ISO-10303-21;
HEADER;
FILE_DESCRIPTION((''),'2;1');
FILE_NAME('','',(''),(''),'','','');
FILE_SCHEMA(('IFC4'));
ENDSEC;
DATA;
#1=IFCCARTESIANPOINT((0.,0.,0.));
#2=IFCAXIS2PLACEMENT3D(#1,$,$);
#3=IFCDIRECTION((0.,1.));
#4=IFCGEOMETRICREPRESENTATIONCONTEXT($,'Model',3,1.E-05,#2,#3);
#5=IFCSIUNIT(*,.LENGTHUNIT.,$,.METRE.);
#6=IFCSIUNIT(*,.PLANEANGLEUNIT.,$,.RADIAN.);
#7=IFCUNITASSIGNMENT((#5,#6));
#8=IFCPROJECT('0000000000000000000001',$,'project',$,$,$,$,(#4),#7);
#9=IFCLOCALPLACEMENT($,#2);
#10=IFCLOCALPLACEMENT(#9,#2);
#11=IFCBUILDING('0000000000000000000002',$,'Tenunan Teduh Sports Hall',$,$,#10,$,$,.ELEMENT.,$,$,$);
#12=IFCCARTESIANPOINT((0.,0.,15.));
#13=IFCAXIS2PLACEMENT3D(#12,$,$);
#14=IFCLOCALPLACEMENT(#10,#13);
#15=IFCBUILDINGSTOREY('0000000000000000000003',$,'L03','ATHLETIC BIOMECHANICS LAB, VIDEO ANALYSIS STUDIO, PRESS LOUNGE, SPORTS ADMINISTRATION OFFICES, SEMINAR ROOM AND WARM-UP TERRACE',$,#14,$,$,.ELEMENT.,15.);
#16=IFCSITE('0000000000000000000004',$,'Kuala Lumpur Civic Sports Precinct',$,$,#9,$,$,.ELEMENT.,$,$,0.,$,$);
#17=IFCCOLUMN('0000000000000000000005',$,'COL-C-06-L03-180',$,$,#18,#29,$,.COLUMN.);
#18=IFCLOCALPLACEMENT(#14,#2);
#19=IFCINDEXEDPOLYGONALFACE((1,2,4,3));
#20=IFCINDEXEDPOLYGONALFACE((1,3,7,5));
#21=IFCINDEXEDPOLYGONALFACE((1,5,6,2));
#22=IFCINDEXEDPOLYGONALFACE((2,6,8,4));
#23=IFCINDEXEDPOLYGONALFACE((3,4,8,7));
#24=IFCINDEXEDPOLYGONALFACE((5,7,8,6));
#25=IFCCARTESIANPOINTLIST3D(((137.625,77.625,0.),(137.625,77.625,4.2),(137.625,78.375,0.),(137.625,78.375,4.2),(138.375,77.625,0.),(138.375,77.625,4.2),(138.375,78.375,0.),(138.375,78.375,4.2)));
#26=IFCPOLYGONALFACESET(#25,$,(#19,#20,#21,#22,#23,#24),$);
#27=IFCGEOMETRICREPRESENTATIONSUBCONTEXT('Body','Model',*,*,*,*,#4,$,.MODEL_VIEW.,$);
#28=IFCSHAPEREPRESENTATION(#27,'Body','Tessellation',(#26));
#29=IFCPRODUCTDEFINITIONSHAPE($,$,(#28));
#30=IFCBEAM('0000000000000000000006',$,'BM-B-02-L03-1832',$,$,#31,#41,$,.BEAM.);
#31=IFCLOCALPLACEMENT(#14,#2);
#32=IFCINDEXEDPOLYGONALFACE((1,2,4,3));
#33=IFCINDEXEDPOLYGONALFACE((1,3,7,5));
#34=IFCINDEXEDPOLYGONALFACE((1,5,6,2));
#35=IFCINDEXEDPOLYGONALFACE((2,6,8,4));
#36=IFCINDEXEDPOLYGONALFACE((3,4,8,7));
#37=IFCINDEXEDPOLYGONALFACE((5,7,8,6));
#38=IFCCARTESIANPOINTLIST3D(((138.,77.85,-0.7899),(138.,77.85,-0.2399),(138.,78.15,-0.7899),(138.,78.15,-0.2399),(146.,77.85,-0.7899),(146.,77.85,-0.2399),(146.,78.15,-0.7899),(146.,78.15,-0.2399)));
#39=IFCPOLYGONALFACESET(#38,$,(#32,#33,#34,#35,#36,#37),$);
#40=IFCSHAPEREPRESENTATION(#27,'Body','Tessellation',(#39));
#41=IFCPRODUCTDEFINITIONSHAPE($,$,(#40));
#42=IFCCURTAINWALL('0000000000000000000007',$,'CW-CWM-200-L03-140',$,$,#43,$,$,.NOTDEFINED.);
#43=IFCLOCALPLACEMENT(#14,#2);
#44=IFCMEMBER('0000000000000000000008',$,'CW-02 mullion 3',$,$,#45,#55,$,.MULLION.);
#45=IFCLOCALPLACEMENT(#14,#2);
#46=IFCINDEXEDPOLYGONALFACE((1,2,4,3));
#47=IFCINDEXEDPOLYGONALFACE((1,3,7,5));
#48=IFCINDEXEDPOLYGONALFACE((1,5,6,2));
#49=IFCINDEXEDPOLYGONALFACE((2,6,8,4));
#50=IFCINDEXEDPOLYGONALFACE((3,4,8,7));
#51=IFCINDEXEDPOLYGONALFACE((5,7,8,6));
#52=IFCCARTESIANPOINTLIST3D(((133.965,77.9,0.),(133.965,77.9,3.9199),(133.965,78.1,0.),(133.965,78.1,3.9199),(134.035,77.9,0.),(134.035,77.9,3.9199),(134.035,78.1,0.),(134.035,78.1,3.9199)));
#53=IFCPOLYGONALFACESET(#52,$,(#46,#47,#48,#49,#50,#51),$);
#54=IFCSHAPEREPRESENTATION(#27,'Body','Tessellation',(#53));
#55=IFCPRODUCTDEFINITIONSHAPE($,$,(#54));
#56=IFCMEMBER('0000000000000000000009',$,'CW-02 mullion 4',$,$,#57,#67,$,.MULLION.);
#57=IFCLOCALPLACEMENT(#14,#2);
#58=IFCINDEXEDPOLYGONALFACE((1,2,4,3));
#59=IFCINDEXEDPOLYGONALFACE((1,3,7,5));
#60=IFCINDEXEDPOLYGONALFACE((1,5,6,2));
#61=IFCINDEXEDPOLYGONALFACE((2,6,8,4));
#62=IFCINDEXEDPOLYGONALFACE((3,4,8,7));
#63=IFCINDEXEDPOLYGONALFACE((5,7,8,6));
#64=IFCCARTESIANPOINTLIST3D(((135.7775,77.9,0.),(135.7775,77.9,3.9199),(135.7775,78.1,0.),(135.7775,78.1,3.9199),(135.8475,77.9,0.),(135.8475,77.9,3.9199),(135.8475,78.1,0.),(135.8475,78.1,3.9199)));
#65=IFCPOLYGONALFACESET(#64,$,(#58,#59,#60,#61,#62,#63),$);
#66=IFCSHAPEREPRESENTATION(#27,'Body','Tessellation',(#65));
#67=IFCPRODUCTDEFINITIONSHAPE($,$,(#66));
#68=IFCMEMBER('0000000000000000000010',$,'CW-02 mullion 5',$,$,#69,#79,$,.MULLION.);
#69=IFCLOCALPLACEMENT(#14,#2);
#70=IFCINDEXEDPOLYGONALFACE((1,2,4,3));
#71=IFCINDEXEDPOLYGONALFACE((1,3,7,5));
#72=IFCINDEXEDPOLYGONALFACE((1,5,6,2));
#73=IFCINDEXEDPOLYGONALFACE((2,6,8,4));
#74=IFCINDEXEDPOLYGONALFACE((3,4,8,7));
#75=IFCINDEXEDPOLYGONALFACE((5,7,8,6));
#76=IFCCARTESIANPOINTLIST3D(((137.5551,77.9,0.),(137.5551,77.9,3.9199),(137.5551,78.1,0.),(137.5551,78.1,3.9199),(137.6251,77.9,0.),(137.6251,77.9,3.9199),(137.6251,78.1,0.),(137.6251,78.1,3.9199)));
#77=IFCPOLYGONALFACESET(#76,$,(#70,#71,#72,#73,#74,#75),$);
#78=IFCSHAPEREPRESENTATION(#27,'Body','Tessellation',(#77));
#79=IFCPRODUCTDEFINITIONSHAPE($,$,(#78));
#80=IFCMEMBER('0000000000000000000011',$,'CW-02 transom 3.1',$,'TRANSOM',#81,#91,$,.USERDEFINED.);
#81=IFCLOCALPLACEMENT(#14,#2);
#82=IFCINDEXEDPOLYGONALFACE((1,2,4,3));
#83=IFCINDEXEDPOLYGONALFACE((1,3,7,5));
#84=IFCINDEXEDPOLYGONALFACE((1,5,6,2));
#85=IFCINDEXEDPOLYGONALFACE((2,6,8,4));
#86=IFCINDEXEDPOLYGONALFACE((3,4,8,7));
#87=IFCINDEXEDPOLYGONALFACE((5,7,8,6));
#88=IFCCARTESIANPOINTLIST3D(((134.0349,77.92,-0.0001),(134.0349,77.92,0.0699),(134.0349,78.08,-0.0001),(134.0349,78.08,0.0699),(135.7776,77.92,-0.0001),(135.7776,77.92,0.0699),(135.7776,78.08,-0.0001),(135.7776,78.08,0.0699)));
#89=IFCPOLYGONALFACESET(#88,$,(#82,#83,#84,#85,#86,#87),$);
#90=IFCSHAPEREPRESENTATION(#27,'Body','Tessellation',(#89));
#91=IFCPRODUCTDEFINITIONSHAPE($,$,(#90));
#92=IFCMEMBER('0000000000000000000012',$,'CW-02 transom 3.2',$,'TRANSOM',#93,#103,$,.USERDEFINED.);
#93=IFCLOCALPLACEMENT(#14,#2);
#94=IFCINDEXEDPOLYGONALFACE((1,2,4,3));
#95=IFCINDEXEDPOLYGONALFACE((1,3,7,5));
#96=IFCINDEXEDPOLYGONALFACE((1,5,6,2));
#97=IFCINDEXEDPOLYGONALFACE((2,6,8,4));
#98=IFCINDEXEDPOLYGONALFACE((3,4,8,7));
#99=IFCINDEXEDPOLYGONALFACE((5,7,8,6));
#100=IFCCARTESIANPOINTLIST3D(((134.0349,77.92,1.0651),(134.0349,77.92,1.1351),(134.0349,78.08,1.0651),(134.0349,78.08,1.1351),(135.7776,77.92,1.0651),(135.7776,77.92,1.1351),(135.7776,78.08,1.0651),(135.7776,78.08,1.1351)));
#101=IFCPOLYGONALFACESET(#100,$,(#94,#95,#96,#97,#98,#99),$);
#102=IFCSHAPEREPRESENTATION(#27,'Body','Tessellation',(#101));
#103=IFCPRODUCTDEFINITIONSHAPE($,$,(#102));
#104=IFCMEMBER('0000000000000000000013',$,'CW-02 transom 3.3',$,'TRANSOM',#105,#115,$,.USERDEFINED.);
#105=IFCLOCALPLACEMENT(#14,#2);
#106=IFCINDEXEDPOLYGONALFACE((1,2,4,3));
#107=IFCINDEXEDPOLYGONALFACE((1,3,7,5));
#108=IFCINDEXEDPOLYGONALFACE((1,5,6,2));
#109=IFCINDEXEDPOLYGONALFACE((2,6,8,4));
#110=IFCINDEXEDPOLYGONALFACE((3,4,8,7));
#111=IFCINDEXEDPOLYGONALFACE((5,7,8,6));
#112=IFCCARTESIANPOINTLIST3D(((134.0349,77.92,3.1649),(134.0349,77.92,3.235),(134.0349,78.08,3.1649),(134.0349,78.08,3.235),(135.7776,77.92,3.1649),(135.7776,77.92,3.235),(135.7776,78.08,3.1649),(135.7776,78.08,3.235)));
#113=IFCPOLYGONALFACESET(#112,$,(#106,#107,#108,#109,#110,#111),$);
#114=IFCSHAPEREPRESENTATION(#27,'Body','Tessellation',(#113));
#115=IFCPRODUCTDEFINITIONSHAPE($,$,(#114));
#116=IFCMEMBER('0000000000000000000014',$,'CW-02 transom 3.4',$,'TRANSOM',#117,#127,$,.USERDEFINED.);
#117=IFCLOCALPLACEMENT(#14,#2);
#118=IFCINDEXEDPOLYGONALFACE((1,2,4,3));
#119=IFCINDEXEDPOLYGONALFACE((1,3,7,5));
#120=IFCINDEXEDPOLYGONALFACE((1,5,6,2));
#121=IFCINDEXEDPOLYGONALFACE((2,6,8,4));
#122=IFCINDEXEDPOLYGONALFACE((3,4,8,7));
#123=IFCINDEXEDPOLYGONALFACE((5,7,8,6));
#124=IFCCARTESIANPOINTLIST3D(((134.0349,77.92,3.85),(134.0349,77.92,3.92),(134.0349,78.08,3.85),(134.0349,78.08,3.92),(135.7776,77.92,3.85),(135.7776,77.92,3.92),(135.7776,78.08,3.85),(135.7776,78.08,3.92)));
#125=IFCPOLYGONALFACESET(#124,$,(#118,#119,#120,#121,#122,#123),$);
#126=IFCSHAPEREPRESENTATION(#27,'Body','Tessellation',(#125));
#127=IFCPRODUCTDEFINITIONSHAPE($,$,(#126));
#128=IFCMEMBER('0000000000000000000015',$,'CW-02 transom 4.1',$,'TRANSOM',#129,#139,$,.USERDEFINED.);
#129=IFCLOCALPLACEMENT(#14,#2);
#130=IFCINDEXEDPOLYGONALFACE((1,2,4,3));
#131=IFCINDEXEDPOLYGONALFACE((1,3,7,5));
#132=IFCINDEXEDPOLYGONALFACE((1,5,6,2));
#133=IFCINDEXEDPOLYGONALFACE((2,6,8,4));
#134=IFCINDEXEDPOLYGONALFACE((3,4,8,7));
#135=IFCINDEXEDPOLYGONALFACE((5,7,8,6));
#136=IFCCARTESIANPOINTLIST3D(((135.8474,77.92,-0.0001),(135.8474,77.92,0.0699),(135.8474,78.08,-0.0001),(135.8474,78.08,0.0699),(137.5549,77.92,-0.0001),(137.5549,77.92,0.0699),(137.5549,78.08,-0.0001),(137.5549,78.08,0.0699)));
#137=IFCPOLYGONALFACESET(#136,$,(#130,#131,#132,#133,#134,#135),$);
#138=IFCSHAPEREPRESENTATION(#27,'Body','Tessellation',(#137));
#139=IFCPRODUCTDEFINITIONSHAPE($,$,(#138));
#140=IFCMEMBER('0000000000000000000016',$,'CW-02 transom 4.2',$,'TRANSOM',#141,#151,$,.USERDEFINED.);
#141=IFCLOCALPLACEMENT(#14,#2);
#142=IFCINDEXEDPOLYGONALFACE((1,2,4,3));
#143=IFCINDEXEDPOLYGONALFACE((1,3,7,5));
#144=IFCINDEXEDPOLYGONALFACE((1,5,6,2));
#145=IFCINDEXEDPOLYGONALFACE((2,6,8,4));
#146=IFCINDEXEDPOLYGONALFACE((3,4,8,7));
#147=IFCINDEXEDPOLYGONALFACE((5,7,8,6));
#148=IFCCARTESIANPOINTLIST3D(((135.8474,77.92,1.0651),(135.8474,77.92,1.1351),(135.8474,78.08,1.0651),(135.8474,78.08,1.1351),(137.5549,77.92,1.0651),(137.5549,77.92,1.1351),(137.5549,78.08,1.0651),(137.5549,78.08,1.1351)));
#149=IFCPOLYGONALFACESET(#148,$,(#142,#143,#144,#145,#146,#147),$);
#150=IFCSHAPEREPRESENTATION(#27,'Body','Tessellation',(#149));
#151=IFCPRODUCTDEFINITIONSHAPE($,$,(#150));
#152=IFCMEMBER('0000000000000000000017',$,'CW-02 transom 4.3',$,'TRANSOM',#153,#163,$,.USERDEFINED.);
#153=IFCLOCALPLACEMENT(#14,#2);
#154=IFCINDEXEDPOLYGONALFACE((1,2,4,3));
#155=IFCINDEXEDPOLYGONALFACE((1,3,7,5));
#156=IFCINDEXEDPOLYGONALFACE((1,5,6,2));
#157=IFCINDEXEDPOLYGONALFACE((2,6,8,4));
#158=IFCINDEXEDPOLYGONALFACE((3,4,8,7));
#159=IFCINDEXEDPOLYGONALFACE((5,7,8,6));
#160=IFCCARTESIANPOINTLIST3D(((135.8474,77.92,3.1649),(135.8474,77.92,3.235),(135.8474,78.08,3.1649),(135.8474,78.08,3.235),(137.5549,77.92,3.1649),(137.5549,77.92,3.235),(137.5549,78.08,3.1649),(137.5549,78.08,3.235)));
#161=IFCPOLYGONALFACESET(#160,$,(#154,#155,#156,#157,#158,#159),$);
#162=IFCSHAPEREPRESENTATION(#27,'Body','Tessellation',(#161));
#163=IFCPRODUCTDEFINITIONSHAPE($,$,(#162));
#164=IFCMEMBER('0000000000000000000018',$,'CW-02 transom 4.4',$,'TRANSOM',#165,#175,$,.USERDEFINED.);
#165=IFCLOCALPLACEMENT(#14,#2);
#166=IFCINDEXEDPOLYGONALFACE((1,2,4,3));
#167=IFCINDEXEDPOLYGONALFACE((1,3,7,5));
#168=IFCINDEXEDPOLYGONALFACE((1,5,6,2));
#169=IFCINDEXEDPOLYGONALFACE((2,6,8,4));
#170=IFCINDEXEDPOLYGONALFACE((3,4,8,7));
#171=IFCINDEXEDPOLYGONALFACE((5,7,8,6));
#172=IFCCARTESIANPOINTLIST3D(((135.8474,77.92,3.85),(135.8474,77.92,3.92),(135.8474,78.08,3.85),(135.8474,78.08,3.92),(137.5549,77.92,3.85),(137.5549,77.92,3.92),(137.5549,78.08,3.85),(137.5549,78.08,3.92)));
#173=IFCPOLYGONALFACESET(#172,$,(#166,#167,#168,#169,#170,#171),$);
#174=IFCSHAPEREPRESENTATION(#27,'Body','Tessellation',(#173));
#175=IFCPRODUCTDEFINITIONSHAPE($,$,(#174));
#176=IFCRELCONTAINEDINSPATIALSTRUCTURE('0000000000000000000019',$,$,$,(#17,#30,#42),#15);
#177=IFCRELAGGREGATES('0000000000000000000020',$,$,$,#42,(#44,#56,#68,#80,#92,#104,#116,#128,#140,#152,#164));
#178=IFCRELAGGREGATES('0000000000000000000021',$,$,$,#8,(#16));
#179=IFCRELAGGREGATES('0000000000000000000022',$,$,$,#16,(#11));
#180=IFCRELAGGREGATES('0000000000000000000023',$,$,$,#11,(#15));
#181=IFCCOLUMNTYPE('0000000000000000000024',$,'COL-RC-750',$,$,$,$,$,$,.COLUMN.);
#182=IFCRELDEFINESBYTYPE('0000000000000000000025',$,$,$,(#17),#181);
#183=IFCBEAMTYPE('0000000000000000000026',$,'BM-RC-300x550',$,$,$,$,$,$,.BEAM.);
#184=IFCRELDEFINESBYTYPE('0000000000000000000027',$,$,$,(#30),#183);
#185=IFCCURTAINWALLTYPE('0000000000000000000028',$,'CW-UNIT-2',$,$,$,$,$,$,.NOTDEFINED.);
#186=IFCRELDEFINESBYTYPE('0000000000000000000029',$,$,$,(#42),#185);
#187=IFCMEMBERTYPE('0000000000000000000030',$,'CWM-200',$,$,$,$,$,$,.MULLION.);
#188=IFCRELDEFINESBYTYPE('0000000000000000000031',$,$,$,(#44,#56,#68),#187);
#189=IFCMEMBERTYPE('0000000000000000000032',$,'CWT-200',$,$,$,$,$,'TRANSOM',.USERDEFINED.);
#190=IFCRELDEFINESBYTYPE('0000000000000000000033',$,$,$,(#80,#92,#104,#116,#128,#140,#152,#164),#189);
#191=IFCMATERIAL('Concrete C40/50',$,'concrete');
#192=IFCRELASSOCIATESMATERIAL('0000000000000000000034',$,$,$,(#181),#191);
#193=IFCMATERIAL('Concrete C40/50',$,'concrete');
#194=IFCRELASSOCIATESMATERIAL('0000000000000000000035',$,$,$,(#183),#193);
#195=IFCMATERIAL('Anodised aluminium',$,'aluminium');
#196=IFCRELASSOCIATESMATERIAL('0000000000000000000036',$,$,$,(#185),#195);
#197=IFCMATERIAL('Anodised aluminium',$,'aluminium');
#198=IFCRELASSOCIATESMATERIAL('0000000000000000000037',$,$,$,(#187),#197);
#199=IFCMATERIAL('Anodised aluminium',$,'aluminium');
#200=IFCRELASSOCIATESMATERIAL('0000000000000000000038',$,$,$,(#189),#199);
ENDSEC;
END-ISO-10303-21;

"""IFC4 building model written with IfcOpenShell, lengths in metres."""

from ifc_helpers import new_model, si_unit, direction, frame, origin, origin_2d, place, context, subcontext, project, spatial, rectangle, extrude, material, material_profile, profile_set, type_object, element, aggregate, save


model = new_model("IFC4")

# Units and contexts
model_context = context("Model", 3, precision=1e-05, world=origin(), true_north=direction((0.0, 1.0)))
body_context = subcontext(model_context, "Body", "Model", "MODEL_VIEW")
ifc_project = project(units=[si_unit("LENGTHUNIT", "METRE"), si_unit("PLANEANGLEUNIT", "RADIAN")], contexts=[model_context])

# Site, building, storey
site_placement = place(None, origin())
site = spatial("IfcSite", under=ifc_project, at=site_placement, Name="Kuala Lumpur Civic Sports Precinct", CompositionType="ELEMENT", RefElevation=0.0)
building_placement = place(site_placement, origin())
building = spatial("IfcBuilding", under=site, at=building_placement, Name="Tenunan Teduh Sports Hall", CompositionType="ELEMENT")
storey_placement = place(building_placement, frame((0.0, 0.0, 15.0)))
storey = spatial("IfcBuildingStorey", under=building, at=storey_placement, Name="L03", Description="ATHLETIC BIOMECHANICS LAB, VIDEO ANALYSIS STUDIO, PRESS LOUNGE, SPORTS ADMINISTRATION OFFICES, SEMINAR ROOM AND WARM-UP TERRACE", CompositionType="ELEMENT", Elevation=15.0)

# Column
ifc_material_1 = material(Name="Concrete C40/50", Category="concrete")
ifc_material_profile_1 = material_profile(ifc_material_1, rectangle(XDim=0.75, YDim=0.75, at=origin_2d()), Name="RC 750x750")
ifc_profile_set_1 = profile_set([ifc_material_profile_1], Name="Concrete C40/50")
column_type = type_object("IfcColumnType", Name="COL-RC-750", PredefinedType="COLUMN", material=ifc_profile_set_1)
column_placement = place(storey_placement, frame((138.0, 78.0, 0.0), z_axis=(0.0, 0.0, 1.0), x_axis=(1.0, 0.0, 0.0)))
element("IfcColumn", 1, at=column_placement, inside=storey, type_object=column_type, Name="COL-C-06-L03-180", PredefinedType="COLUMN", context=body_context, shape_type="SweptSolid", body=[
    extrude(rectangle(XDim=0.75, YDim=0.75, at=origin_2d()), origin(), (0.0, 0.0, 1.0), 4.2),
])

# Beam
ifc_material_2 = material(Name="Concrete C40/50", Category="concrete")
ifc_material_profile_2 = material_profile(ifc_material_2, rectangle(XDim=0.3, YDim=0.55, at=origin_2d()), Name="RCB 300x550")
ifc_profile_set_2 = profile_set([ifc_material_profile_2], Name="Concrete C40/50")
beam_type = type_object("IfcBeamType", Name="BM-RC-300x550", PredefinedType="BEAM", material=ifc_profile_set_2)
beam_placement = place(storey_placement, frame((138.0, 78.0, -0.5149), z_axis=(1.0, 0.0, 0.0), x_axis=(0.0, 1.0, 0.0)))
element("IfcBeam", 2, at=beam_placement, inside=storey, type_object=beam_type, Name="BM-B-02-L03-1832", PredefinedType="BEAM", context=body_context, shape_type="SweptSolid", body=[
    extrude(rectangle(XDim=0.3, YDim=0.55, at=origin_2d()), origin(), (0.0, 0.0, 1.0), 8.0),
])

# Curtain wall, members
ifc_material_3 = material(Name="Anodised aluminium", Category="aluminium")
curtain_wall_type = type_object("IfcCurtainWallType", Name="CW-UNIT-2", PredefinedType="NOTDEFINED", material=ifc_material_3)
curtain_wall_placement = place(storey_placement, origin())
curtain_wall = element("IfcCurtainWall", 3, at=curtain_wall_placement, inside=storey, type_object=curtain_wall_type, Name="CW-CWM-200-L03-140", PredefinedType="NOTDEFINED")
ifc_material_4 = material(Name="Anodised aluminium", Category="aluminium")
ifc_material_profile_3 = material_profile(ifc_material_4, rectangle(XDim=0.0701, YDim=0.2, at=origin_2d()), Name="CWM 70x200")
ifc_profile_set_3 = profile_set([ifc_material_profile_3], Name="Anodised aluminium")
member_type_1 = type_object("IfcMemberType", Name="CWM-200", PredefinedType="MULLION", material=ifc_profile_set_3)
member_1_placement = place(storey_placement, frame((134.0, 78.0, 0.0), z_axis=(0.0, 0.0, 1.0), x_axis=(1.0, 0.0, 0.0)))
member_1 = element("IfcMember", 4, at=member_1_placement, type_object=member_type_1, Name="CW-02 mullion 3", PredefinedType="MULLION", context=body_context, shape_type="SweptSolid", body=[
    extrude(rectangle(XDim=0.0701, YDim=0.2, at=origin_2d()), origin(), (0.0, 0.0, 1.0), 3.9199),
])
member_2_placement = place(storey_placement, frame((135.8125, 78.0, 0.0), z_axis=(0.0, 0.0, 1.0), x_axis=(1.0, 0.0, 0.0)))
member_2 = element("IfcMember", 5, at=member_2_placement, type_object=member_type_1, Name="CW-02 mullion 4", PredefinedType="MULLION", context=body_context, shape_type="SweptSolid", body=[
    extrude(rectangle(XDim=0.0701, YDim=0.2, at=origin_2d()), origin(), (0.0, 0.0, 1.0), 3.9199),
])
member_3_placement = place(storey_placement, frame((137.5901, 78.0, 0.0), z_axis=(0.0, 0.0, 1.0), x_axis=(1.0, 0.0, 0.0)))
member_3 = element("IfcMember", 6, at=member_3_placement, type_object=member_type_1, Name="CW-02 mullion 5", PredefinedType="MULLION", context=body_context, shape_type="SweptSolid", body=[
    extrude(rectangle(XDim=0.0701, YDim=0.2, at=origin_2d()), origin(), (0.0, 0.0, 1.0), 3.9199),
])
ifc_material_5 = material(Name="Anodised aluminium", Category="aluminium")
ifc_material_profile_4 = material_profile(ifc_material_5, rectangle(XDim=0.0701, YDim=0.1599, at=origin_2d()), Name="CWT 70x160")
ifc_profile_set_4 = profile_set([ifc_material_profile_4], Name="Anodised aluminium")
member_type_2 = type_object("IfcMemberType", Name="CWT-200", ElementType="TRANSOM", PredefinedType="USERDEFINED", material=ifc_profile_set_4)
member_4_placement = place(storey_placement, frame((134.0349, 78.0, 0.0349), z_axis=(1.0, 0.0, 0.0), x_axis=(0.0, 0.0, 1.0)))
member_4 = element("IfcMember", 7, at=member_4_placement, type_object=member_type_2, Name="CW-02 transom 3.1", ObjectType="TRANSOM", PredefinedType="USERDEFINED", context=body_context, shape_type="SweptSolid", body=[
    extrude(rectangle(XDim=0.0701, YDim=0.1599, at=origin_2d()), origin(), (0.0, 0.0, 1.0), 1.7427),
])
member_5_placement = place(storey_placement, frame((134.0349, 78.0, 1.1001), z_axis=(1.0, 0.0, 0.0), x_axis=(0.0, 0.0, 1.0)))
member_5 = element("IfcMember", 8, at=member_5_placement, type_object=member_type_2, Name="CW-02 transom 3.2", ObjectType="TRANSOM", PredefinedType="USERDEFINED", context=body_context, shape_type="SweptSolid", body=[
    extrude(rectangle(XDim=0.0701, YDim=0.1599, at=origin_2d()), origin(), (0.0, 0.0, 1.0), 1.7427),
])
member_6_placement = place(storey_placement, frame((134.0349, 78.0, 3.2), z_axis=(1.0, 0.0, 0.0), x_axis=(0.0, 0.0, 1.0)))
member_6 = element("IfcMember", 9, at=member_6_placement, type_object=member_type_2, Name="CW-02 transom 3.3", ObjectType="TRANSOM", PredefinedType="USERDEFINED", context=body_context, shape_type="SweptSolid", body=[
    extrude(rectangle(XDim=0.0701, YDim=0.1599, at=origin_2d()), origin(), (0.0, 0.0, 1.0), 1.7427),
])
member_7_placement = place(storey_placement, frame((134.0349, 78.0, 3.885), z_axis=(1.0, 0.0, 0.0), x_axis=(0.0, 0.0, 1.0)))
member_7 = element("IfcMember", 10, at=member_7_placement, type_object=member_type_2, Name="CW-02 transom 3.4", ObjectType="TRANSOM", PredefinedType="USERDEFINED", context=body_context, shape_type="SweptSolid", body=[
    extrude(rectangle(XDim=0.0701, YDim=0.1599, at=origin_2d()), origin(), (0.0, 0.0, 1.0), 1.7427),
])
member_8_placement = place(storey_placement, frame((135.8474, 78.0, 0.0349), z_axis=(1.0, 0.0, 0.0), x_axis=(0.0, 0.0, 1.0)))
member_8 = element("IfcMember", 11, at=member_8_placement, type_object=member_type_2, Name="CW-02 transom 4.1", ObjectType="TRANSOM", PredefinedType="USERDEFINED", context=body_context, shape_type="SweptSolid", body=[
    extrude(rectangle(XDim=0.0701, YDim=0.1599, at=origin_2d()), origin(), (0.0, 0.0, 1.0), 1.7075),
])
member_9_placement = place(storey_placement, frame((135.8474, 78.0, 1.1001), z_axis=(1.0, 0.0, 0.0), x_axis=(0.0, 0.0, 1.0)))
member_9 = element("IfcMember", 12, at=member_9_placement, type_object=member_type_2, Name="CW-02 transom 4.2", ObjectType="TRANSOM", PredefinedType="USERDEFINED", context=body_context, shape_type="SweptSolid", body=[
    extrude(rectangle(XDim=0.0701, YDim=0.1599, at=origin_2d()), origin(), (0.0, 0.0, 1.0), 1.7075),
])
member_10_placement = place(storey_placement, frame((135.8474, 78.0, 3.2), z_axis=(1.0, 0.0, 0.0), x_axis=(0.0, 0.0, 1.0)))
member_10 = element("IfcMember", 13, at=member_10_placement, type_object=member_type_2, Name="CW-02 transom 4.3", ObjectType="TRANSOM", PredefinedType="USERDEFINED", context=body_context, shape_type="SweptSolid", body=[
    extrude(rectangle(XDim=0.0701, YDim=0.1599, at=origin_2d()), origin(), (0.0, 0.0, 1.0), 1.7075),
])
member_11_placement = place(storey_placement, frame((135.8474, 78.0, 3.885), z_axis=(1.0, 0.0, 0.0), x_axis=(0.0, 0.0, 1.0)))
member_11 = element("IfcMember", 14, at=member_11_placement, type_object=member_type_2, Name="CW-02 transom 4.4", ObjectType="TRANSOM", PredefinedType="USERDEFINED", context=body_context, shape_type="SweptSolid", body=[
    extrude(rectangle(XDim=0.0701, YDim=0.1599, at=origin_2d()), origin(), (0.0, 0.0, 1.0), 1.7075),
])

aggregate(curtain_wall, [member_1, member_2, member_3, member_4, member_5, member_6, member_7, member_8, member_9, member_10, member_11])

save(model, "model.ifc")
